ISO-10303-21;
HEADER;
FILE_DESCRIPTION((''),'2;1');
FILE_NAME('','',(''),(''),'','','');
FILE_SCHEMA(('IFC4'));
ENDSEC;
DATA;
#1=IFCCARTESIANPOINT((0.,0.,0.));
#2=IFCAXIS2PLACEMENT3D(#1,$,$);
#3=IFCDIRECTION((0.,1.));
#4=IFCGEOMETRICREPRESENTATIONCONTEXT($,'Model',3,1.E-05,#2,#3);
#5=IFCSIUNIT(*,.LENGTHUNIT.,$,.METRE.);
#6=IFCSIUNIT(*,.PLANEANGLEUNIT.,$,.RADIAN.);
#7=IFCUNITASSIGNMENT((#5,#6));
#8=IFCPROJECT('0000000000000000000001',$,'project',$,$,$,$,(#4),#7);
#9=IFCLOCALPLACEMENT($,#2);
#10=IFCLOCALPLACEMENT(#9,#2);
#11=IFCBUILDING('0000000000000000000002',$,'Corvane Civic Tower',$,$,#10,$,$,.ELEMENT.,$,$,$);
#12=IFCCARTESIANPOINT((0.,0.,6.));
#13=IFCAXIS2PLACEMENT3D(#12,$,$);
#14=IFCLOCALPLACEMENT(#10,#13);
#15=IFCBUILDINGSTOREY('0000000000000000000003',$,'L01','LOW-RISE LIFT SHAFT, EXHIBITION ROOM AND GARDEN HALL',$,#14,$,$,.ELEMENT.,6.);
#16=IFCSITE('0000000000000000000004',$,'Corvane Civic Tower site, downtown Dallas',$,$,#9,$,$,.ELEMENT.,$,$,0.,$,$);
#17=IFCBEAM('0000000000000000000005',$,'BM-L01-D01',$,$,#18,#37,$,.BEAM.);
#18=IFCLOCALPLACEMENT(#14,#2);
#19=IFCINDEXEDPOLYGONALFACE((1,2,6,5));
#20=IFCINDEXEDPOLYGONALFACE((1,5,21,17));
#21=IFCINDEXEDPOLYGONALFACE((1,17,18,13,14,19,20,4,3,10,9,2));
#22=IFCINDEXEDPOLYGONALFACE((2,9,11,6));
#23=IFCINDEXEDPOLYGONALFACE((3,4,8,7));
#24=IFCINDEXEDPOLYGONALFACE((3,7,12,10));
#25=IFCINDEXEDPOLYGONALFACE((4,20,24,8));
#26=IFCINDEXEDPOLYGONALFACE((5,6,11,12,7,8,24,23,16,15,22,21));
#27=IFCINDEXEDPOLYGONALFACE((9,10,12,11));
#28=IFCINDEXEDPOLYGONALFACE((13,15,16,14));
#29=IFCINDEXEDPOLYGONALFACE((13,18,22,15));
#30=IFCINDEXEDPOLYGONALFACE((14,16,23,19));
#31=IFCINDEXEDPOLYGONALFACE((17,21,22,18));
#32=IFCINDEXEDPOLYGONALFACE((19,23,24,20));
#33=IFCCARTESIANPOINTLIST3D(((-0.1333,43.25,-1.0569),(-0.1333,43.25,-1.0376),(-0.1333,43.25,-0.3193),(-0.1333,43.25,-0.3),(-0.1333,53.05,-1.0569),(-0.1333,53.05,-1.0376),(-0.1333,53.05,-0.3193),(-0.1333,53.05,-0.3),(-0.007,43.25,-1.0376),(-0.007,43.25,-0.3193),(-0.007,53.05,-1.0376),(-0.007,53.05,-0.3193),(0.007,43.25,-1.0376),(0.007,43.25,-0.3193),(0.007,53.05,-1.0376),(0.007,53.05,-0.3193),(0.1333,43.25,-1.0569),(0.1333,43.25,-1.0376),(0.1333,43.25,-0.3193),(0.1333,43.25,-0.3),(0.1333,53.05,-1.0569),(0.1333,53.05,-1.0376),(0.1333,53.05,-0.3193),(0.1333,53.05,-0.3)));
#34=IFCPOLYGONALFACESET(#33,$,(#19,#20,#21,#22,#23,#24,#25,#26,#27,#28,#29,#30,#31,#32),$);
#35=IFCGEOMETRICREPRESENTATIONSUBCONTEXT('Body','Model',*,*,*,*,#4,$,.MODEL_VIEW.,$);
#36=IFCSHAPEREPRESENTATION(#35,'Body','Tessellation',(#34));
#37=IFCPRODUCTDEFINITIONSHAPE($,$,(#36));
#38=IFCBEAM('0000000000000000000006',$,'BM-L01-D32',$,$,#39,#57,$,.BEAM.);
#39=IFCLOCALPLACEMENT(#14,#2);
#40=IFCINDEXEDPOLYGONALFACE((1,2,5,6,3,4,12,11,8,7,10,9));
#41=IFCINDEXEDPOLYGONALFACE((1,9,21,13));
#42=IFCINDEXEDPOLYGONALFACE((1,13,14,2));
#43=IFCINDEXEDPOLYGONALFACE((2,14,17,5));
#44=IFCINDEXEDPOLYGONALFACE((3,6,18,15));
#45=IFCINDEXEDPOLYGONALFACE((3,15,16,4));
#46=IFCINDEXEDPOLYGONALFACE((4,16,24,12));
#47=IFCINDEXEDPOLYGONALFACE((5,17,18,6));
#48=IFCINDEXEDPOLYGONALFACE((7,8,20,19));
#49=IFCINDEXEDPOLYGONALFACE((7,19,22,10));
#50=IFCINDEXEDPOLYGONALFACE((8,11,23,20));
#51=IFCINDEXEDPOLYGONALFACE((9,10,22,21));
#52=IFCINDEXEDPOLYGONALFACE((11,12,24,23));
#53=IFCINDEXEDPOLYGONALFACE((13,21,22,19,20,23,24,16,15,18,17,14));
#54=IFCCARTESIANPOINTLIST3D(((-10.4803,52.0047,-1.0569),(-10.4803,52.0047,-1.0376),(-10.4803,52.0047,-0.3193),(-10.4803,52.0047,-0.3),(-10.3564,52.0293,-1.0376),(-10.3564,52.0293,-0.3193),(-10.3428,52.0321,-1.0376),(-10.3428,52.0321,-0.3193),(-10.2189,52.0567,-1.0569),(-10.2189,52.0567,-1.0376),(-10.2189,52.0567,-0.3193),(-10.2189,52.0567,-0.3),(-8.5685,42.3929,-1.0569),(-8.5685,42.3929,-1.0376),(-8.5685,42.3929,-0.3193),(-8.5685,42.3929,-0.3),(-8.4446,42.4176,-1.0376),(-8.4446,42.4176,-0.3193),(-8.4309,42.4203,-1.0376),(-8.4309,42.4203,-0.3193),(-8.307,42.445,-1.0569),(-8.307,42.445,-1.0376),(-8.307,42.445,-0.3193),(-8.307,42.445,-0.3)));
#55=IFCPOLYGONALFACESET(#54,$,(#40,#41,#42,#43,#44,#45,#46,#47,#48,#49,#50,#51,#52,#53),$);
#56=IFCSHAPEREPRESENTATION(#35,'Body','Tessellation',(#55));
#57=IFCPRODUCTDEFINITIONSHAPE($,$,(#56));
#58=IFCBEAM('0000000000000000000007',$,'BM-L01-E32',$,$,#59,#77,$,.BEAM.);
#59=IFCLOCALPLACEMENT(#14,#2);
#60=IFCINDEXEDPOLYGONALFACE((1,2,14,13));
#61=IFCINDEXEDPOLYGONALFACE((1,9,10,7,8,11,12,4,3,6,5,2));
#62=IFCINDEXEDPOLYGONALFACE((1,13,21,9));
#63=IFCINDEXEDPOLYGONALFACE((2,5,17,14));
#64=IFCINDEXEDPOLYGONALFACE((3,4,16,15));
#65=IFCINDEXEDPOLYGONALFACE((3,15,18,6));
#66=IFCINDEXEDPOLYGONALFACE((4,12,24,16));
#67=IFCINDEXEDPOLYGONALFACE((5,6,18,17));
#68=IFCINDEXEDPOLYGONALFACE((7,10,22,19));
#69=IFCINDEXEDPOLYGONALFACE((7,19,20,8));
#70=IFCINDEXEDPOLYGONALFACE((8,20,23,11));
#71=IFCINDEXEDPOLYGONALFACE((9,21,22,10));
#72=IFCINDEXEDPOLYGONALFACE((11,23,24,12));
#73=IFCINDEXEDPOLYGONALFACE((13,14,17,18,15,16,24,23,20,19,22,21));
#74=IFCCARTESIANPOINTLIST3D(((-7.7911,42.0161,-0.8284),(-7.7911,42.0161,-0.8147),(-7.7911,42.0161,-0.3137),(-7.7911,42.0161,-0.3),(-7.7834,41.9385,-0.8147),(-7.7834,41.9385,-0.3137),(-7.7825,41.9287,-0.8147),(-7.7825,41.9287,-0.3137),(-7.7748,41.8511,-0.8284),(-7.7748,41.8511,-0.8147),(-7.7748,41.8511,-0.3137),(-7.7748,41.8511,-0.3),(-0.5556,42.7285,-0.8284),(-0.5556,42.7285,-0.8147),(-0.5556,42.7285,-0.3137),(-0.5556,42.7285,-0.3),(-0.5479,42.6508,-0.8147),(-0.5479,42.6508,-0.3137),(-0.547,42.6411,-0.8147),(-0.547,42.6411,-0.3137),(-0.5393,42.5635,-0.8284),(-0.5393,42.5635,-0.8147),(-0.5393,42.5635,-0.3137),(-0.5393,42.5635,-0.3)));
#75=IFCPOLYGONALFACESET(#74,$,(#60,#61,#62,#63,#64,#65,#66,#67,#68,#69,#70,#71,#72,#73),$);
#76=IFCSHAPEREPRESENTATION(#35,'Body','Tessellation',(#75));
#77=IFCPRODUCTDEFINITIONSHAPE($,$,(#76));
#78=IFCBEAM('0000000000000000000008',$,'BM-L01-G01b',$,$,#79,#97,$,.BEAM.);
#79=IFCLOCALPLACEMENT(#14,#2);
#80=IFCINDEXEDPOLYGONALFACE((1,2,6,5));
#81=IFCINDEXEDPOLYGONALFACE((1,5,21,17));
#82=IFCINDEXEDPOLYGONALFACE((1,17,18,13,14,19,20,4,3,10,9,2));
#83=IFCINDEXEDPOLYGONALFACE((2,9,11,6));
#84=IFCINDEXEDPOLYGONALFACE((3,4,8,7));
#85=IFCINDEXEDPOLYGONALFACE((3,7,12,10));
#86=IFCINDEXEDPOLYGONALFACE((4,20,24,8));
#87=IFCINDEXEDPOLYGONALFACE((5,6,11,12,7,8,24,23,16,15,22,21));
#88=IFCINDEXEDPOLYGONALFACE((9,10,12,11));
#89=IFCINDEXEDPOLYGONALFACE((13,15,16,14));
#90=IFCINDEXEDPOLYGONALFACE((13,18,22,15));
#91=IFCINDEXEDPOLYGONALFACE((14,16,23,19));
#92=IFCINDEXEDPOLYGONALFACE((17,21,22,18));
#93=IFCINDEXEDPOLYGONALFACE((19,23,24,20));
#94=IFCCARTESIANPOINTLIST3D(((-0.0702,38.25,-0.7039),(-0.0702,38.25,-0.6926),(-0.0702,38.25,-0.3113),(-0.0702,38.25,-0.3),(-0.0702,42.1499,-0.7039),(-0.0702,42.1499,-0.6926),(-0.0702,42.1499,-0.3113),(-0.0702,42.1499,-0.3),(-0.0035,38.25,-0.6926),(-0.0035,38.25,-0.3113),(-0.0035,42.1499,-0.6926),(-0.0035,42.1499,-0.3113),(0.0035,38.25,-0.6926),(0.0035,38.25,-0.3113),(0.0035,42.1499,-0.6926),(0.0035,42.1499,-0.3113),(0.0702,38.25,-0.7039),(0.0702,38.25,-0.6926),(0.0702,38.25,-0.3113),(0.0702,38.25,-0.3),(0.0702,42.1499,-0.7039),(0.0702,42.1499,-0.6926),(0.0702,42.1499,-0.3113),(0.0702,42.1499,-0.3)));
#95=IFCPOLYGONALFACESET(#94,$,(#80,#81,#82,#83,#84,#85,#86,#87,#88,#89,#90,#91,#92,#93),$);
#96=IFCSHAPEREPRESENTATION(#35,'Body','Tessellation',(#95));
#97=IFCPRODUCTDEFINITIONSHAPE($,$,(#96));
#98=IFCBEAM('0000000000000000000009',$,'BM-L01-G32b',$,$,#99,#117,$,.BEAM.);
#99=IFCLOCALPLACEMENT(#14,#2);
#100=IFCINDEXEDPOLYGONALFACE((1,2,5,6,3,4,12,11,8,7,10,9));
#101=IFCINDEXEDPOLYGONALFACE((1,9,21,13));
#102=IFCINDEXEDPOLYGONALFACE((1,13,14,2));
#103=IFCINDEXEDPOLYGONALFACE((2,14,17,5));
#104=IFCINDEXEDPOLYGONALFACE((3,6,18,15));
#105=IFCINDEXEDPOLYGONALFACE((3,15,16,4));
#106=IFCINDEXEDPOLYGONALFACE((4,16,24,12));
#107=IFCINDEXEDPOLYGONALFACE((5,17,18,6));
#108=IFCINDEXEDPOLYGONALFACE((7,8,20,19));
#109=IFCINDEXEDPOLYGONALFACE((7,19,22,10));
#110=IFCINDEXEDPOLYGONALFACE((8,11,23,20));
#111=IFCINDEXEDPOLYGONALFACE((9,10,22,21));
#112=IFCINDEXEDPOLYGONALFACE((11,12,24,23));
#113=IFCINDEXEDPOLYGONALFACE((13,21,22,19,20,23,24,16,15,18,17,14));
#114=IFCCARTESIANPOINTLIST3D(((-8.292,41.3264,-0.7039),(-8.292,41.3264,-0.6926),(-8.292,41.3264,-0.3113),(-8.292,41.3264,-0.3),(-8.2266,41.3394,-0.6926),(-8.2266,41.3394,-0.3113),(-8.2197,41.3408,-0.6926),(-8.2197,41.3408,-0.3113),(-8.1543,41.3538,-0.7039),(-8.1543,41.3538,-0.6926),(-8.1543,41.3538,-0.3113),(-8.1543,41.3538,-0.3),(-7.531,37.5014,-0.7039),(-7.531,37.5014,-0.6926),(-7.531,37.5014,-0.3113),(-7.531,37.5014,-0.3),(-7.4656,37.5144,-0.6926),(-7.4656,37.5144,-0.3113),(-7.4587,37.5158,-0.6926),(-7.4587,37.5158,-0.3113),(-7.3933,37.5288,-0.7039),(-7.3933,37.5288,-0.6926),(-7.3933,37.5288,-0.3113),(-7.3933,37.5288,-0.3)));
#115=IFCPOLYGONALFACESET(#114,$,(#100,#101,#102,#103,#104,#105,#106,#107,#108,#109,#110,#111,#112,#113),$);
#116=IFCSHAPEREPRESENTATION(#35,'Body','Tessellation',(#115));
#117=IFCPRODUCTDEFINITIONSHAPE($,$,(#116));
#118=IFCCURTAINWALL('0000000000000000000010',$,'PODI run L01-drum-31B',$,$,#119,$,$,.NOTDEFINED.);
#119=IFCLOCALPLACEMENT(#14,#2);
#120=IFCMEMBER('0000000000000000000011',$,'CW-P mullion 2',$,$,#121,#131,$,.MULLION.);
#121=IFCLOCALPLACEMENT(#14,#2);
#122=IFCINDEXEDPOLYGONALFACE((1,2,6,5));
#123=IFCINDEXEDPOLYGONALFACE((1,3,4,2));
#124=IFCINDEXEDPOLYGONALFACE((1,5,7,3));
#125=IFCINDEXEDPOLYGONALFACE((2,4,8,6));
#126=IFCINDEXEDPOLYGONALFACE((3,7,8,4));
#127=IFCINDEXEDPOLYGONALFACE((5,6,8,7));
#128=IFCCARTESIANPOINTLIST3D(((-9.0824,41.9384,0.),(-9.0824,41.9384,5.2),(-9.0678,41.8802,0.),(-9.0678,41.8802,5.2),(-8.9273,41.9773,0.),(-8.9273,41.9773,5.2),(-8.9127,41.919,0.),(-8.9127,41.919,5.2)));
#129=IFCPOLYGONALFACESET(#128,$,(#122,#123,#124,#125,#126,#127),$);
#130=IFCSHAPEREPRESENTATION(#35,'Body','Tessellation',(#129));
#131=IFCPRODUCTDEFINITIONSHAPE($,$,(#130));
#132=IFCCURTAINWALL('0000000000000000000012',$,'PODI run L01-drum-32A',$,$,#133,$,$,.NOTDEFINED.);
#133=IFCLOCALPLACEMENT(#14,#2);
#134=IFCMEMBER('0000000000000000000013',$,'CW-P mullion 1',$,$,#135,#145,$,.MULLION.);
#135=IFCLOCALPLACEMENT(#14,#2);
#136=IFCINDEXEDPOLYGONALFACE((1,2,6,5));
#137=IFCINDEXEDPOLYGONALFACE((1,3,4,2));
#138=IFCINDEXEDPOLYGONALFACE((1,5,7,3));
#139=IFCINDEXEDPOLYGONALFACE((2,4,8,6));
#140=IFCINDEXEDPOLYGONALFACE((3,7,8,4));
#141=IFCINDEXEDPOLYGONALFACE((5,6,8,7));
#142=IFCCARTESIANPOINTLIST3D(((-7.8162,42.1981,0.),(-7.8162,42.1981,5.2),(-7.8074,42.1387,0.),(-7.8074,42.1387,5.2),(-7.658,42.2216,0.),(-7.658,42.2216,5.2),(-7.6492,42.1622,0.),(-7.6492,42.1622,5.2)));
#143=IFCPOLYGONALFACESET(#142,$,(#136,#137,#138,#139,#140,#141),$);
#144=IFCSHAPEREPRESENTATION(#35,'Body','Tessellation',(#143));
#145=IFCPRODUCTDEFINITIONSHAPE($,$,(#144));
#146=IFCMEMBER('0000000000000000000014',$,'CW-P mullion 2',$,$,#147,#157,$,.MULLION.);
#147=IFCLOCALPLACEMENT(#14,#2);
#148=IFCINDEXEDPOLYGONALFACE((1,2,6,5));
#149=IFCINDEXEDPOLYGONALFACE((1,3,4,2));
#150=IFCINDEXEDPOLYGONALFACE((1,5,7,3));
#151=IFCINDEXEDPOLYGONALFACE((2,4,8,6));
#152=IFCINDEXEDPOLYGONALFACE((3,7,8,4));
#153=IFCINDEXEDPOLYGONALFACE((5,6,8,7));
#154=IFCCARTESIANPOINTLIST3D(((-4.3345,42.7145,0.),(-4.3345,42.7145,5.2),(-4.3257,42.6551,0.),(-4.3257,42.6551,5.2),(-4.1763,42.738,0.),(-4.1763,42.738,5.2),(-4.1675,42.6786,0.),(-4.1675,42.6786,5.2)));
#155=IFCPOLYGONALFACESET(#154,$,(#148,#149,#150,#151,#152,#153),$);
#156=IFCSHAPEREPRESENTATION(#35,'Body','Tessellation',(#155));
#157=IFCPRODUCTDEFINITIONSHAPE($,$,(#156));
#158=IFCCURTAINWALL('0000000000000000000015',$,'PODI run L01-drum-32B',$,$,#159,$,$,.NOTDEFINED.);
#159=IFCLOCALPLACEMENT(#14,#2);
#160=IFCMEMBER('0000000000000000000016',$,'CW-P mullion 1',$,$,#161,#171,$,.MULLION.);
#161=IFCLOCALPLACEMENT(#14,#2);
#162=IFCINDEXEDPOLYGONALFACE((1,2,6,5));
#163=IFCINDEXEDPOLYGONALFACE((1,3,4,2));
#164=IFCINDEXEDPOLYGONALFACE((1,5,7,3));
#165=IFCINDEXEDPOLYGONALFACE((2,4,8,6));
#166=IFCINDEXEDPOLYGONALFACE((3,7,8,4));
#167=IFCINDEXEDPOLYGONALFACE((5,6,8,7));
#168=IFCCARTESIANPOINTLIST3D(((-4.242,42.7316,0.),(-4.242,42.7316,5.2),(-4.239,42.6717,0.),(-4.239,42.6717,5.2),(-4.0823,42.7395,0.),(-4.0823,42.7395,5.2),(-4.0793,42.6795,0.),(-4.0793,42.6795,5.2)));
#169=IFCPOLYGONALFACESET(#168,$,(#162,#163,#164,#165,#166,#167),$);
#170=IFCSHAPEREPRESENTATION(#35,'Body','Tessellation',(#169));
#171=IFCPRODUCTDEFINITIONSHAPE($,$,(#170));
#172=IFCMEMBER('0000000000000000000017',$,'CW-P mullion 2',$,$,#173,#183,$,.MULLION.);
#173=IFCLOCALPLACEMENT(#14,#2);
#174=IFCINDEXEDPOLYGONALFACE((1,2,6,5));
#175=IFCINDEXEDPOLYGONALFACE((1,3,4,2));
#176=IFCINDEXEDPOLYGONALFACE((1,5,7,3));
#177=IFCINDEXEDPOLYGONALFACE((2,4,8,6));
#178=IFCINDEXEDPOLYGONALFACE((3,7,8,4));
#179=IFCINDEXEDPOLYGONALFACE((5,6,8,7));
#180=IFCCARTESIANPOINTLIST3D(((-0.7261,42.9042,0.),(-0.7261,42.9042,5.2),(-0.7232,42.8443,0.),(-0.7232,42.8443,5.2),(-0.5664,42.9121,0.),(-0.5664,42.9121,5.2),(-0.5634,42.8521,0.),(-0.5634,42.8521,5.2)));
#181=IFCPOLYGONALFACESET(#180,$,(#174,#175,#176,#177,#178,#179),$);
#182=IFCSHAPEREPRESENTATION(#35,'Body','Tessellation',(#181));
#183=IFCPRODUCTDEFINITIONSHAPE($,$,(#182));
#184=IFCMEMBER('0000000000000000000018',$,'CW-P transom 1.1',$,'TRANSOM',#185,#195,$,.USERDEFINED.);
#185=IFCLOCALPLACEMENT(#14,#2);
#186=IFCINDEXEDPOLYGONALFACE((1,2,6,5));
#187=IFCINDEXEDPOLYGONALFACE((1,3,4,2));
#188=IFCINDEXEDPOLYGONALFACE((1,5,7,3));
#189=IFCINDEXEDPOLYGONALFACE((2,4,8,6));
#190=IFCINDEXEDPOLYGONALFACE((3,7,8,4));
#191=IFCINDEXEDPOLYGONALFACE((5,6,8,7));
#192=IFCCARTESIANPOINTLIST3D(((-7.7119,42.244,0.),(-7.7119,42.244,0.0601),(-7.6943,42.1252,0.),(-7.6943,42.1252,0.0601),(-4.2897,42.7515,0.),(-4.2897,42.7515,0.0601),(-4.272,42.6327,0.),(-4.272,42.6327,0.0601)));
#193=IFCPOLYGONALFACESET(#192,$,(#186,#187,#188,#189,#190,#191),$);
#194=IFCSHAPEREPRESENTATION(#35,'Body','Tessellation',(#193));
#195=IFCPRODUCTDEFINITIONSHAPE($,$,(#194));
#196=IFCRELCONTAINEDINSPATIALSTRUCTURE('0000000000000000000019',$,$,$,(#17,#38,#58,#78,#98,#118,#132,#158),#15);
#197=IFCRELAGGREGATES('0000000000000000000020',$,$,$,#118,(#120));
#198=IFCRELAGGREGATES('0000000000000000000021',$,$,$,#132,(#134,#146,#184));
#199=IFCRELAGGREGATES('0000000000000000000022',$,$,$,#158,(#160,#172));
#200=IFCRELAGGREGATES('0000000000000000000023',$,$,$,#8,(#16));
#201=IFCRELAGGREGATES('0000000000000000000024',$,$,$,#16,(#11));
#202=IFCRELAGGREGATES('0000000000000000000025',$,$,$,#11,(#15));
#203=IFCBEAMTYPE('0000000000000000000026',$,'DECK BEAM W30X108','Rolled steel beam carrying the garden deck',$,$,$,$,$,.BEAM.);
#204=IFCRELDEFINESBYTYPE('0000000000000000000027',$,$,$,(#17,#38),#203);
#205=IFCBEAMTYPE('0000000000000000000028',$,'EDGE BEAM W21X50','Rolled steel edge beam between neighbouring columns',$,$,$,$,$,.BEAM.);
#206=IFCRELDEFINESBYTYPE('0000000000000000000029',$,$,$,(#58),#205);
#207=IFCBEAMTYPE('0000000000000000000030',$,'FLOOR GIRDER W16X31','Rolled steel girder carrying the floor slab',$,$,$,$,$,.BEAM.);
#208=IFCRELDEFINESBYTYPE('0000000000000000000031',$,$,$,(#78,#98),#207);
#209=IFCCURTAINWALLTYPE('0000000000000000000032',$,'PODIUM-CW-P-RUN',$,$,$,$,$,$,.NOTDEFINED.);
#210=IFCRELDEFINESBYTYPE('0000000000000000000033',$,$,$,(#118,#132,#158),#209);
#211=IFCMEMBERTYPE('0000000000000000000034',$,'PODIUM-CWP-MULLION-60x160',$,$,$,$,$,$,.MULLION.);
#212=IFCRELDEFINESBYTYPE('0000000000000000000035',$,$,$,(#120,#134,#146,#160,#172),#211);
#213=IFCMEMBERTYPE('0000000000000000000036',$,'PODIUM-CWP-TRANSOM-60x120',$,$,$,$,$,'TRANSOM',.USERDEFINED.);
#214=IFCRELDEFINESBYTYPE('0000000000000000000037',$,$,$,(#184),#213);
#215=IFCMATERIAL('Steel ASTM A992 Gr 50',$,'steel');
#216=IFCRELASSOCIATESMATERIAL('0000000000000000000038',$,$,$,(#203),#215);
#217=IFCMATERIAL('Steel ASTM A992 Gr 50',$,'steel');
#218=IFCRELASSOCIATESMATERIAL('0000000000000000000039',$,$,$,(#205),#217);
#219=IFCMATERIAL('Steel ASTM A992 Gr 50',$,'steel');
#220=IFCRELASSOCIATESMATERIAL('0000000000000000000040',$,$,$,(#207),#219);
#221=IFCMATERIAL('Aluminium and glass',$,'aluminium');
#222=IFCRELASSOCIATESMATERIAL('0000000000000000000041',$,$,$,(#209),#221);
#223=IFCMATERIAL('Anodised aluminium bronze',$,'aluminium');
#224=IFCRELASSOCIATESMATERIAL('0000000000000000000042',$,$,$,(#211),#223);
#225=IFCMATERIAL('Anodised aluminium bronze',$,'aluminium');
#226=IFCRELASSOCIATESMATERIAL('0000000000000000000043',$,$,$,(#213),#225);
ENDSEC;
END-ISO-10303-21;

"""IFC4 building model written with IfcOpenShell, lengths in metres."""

from ifc_helpers import new_model, si_unit, direction, frame, origin, origin_2d, place, context, subcontext, project, spatial, rectangle, i_section, extrude, material, material_profile, profile_set, type_object, element, aggregate, save


model = new_model("IFC4")

# Units and contexts
model_context = context("Model", 3, precision=1e-05, world=origin(), true_north=direction((0.0, 1.0)))
body_context = subcontext(model_context, "Body", "Model", "MODEL_VIEW")
ifc_project = project(units=[si_unit("LENGTHUNIT", "METRE"), si_unit("PLANEANGLEUNIT", "RADIAN")], contexts=[model_context])

# Site, building, storey
site_placement = place(None, origin())
site = spatial("IfcSite", under=ifc_project, at=site_placement, Name="Corvane Civic Tower site, downtown Dallas", CompositionType="ELEMENT", RefElevation=0.0)
building_placement = place(site_placement, origin())
building = spatial("IfcBuilding", under=site, at=building_placement, Name="Corvane Civic Tower", CompositionType="ELEMENT")
storey_placement = place(building_placement, frame((0.0, 0.0, 6.0)))
storey = spatial("IfcBuildingStorey", under=building, at=storey_placement, Name="L01", Description="LOW-RISE LIFT SHAFT, EXHIBITION ROOM AND GARDEN HALL", CompositionType="ELEMENT", Elevation=6.0)

# Beams
ifc_material_1 = material(Name="Steel ASTM A992 Gr 50", Category="steel")
ifc_material_profile_1 = material_profile(ifc_material_1, i_section(OverallWidth=0.2666, OverallDepth=0.7568, WebThickness=0.0139, FlangeThickness=0.0193, at=origin_2d()), Name="W30X108")
ifc_profile_set_1 = profile_set([ifc_material_profile_1], Name="Steel ASTM A992 Gr 50")
beam_type_1 = type_object("IfcBeamType", Name="DECK BEAM W30X108", Description="Rolled steel beam carrying the garden deck", PredefinedType="BEAM", material=ifc_profile_set_1)
for number, where, z_axis, x_axis, name in (
    (1, (0.0, 43.25, -0.6785), (0.0, 1.0, 0.0), (-1.0, 0.0, 0.0), "BM-L01-D01"),
    (2, (-8.4377, 42.4189, -0.6785), (-0.195086, 0.980786, 0.0), (-0.980786, -0.195086, 0.0), "BM-L01-D32"),
):
    element("IfcBeam", number, at=place(storey_placement, frame(where, z_axis=z_axis, x_axis=x_axis)), inside=storey, type_object=beam_type_1, Name=name, PredefinedType="BEAM", context=body_context, shape_type="SweptSolid", body=[
        extrude(i_section(OverallWidth=0.2666, OverallDepth=0.7568, WebThickness=0.0139, FlangeThickness=0.0193, at=origin_2d()), origin(), (0.0, 0.0, 1.0), 9.8),
    ])
ifc_material_2 = material(Name="Steel ASTM A992 Gr 50", Category="steel")
ifc_material_profile_2 = material_profile(ifc_material_2, i_section(OverallWidth=0.1658, OverallDepth=0.5283, WebThickness=0.0098, FlangeThickness=0.0137, at=origin_2d()), Name="W21X50")
ifc_profile_set_2 = profile_set([ifc_material_profile_2], Name="Steel ASTM A992 Gr 50")
beam_type_2 = type_object("IfcBeamType", Name="EDGE BEAM W21X50", Description="Rolled steel edge beam between neighbouring columns", PredefinedType="BEAM", material=ifc_profile_set_2)
beam_placement = place(storey_placement, frame((-7.783, 41.9336, -0.5642), z_axis=(0.995188, 0.097984, 0.0), x_axis=(-0.097984, 0.995188, 0.0)))
element("IfcBeam", 3, at=beam_placement, inside=storey, type_object=beam_type_2, Name="BM-L01-E32", PredefinedType="BEAM", context=body_context, shape_type="SweptSolid", body=[
    extrude(i_section(OverallWidth=0.1658, OverallDepth=0.5283, WebThickness=0.0098, FlangeThickness=0.0137, at=origin_2d()), origin(), (0.0, 0.0, 1.0), 7.2705),
])
ifc_material_3 = material(Name="Steel ASTM A992 Gr 50", Category="steel")
ifc_material_profile_3 = material_profile(ifc_material_3, i_section(OverallWidth=0.1404, OverallDepth=0.4038, WebThickness=0.0071, FlangeThickness=0.0112, at=origin_2d()), Name="W16X31")
ifc_profile_set_3 = profile_set([ifc_material_profile_3], Name="Steel ASTM A992 Gr 50")
beam_type_3 = type_object("IfcBeamType", Name="FLOOR GIRDER W16X31", Description="Rolled steel girder carrying the floor slab", PredefinedType="BEAM", material=ifc_profile_set_3)
for number, where, z_axis, x_axis, name in (
    (4, (0.0, 38.25, -0.502), (0.0, 1.0, 0.0), (-1.0, 0.0, 0.0), "BM-L01-G01b"),
    (5, (-7.4622, 37.5151, -0.502), (-0.195129, 0.980778, 0.0), (-0.980778, -0.195129, 0.0), "BM-L01-G32b"),
):
    element("IfcBeam", number, at=place(storey_placement, frame(where, z_axis=z_axis, x_axis=x_axis)), inside=storey, type_object=beam_type_3, Name=name, PredefinedType="BEAM", context=body_context, shape_type="SweptSolid", body=[
        extrude(i_section(OverallWidth=0.1404, OverallDepth=0.4038, WebThickness=0.0071, FlangeThickness=0.0112, at=origin_2d()), origin(), (0.0, 0.0, 1.0), 3.8999),
    ])

# Curtain wall, member
ifc_material_4 = material(Name="Aluminium and glass", Category="aluminium")
curtain_wall_type = type_object("IfcCurtainWallType", Name="PODIUM-CW-P-RUN", PredefinedType="NOTDEFINED", material=ifc_material_4)
curtain_wall_1_placement = place(storey_placement, origin())
curtain_wall_1 = element("IfcCurtainWall", 6, at=curtain_wall_1_placement, inside=storey, type_object=curtain_wall_type, Name="PODI run L01-drum-31B", PredefinedType="NOTDEFINED")
ifc_material_5 = material(Name="Anodised aluminium bronze", Category="aluminium")
ifc_material_profile_4 = material_profile(ifc_material_5, rectangle(XDim=0.0601, YDim=0.1599, at=origin_2d()), Name="AL 60x160")
ifc_profile_set_4 = profile_set([ifc_material_profile_4], Name="Anodised aluminium bronze")
member_type_1 = type_object("IfcMemberType", Name="PODIUM-CWP-MULLION-60x160", PredefinedType="MULLION", material=ifc_profile_set_4)
member_1_placement = place(storey_placement, frame((-8.9976, 41.9287, 0.0), z_axis=(0.0, 0.0, 1.0), x_axis=(-0.243009, 0.970024, 0.0)))
member_1 = element("IfcMember", 7, at=member_1_placement, type_object=member_type_1, Name="CW-P mullion 2", PredefinedType="MULLION", context=body_context, shape_type="SweptSolid", body=[
    extrude(rectangle(XDim=0.0601, YDim=0.1599, at=origin_2d()), origin(), (0.0, 0.0, 1.0), 5.2),
])
aggregate(curtain_wall_1, [member_1])

# Curtain walls, members
curtain_wall_2_placement = place(storey_placement, origin())
curtain_wall_2 = element("IfcCurtainWall", 8, at=curtain_wall_2_placement, inside=storey, type_object=curtain_wall_type, Name="PODI run L01-drum-32A", PredefinedType="NOTDEFINED")
member_2_placement = place(storey_placement, frame((-7.7327, 42.1802, 0.0), z_axis=(0.0, 0.0, 1.0), x_axis=(-0.146715, 0.989179, 0.0)))
member_2 = element("IfcMember", 9, at=member_2_placement, type_object=member_type_1, Name="CW-P mullion 1", PredefinedType="MULLION", context=body_context, shape_type="SweptSolid", body=[
    extrude(rectangle(XDim=0.0601, YDim=0.1599, at=origin_2d()), origin(), (0.0, 0.0, 1.0), 5.2),
])
member_3_placement = place(storey_placement, frame((-4.251, 42.6965, 0.0), z_axis=(0.0, 0.0, 1.0), x_axis=(-0.146715, 0.989179, 0.0)))
member_3 = element("IfcMember", 10, at=member_3_placement, type_object=member_type_1, Name="CW-P mullion 2", PredefinedType="MULLION", context=body_context, shape_type="SweptSolid", body=[
    extrude(rectangle(XDim=0.0601, YDim=0.1599, at=origin_2d()), origin(), (0.0, 0.0, 1.0), 5.2),
])
curtain_wall_3_placement = place(storey_placement, origin())
curtain_wall_3 = element("IfcCurtainWall", 11, at=curtain_wall_3_placement, inside=storey, type_object=curtain_wall_type, Name="PODI run L01-drum-32B", PredefinedType="NOTDEFINED")
member_4_placement = place(storey_placement, frame((-4.1606, 42.7056, 0.0), z_axis=(0.0, 0.0, 1.0), x_axis=(-0.04905, 0.998796, 0.0)))
member_4 = element("IfcMember", 12, at=member_4_placement, type_object=member_type_1, Name="CW-P mullion 1", PredefinedType="MULLION", context=body_context, shape_type="SweptSolid", body=[
    extrude(rectangle(XDim=0.0601, YDim=0.1599, at=origin_2d()), origin(), (0.0, 0.0, 1.0), 5.2),
])
member_5_placement = place(storey_placement, frame((-0.6448, 42.8782, 0.0), z_axis=(0.0, 0.0, 1.0), x_axis=(-0.04905, 0.998796, 0.0)))
member_5 = element("IfcMember", 13, at=member_5_placement, type_object=member_type_1, Name="CW-P mullion 2", PredefinedType="MULLION", context=body_context, shape_type="SweptSolid", body=[
    extrude(rectangle(XDim=0.0601, YDim=0.1599, at=origin_2d()), origin(), (0.0, 0.0, 1.0), 5.2),
])

# Member
ifc_material_6 = material(Name="Anodised aluminium bronze", Category="aluminium")
ifc_material_profile_5 = material_profile(ifc_material_6, rectangle(XDim=0.1201, YDim=0.0601, at=origin_2d()), Name="AL 120x60")
ifc_profile_set_5 = profile_set([ifc_material_profile_5], Name="Anodised aluminium bronze")
member_type_2 = type_object("IfcMemberType", Name="PODIUM-CWP-TRANSOM-60x120", ElementType="TRANSOM", PredefinedType="USERDEFINED", material=ifc_profile_set_5)
member_6_placement = place(storey_placement, frame((-7.7031, 42.1846, 0.03), z_axis=(0.98918, 0.146705, 0.0), x_axis=(-0.146705, 0.98918, 0.0)))
member_6 = element("IfcMember", 14, at=member_6_placement, type_object=member_type_2, Name="CW-P transom 1.1", ObjectType="TRANSOM", PredefinedType="USERDEFINED", context=body_context, shape_type="SweptSolid", body=[
    extrude(rectangle(XDim=0.1201, YDim=0.0601, at=origin_2d()), origin(), (0.0, 0.0, 1.0), 3.4597),
])

aggregate(curtain_wall_2, [member_2, member_3, member_6])
aggregate(curtain_wall_3, [member_4, member_5])

save(model, "model.ifc")
